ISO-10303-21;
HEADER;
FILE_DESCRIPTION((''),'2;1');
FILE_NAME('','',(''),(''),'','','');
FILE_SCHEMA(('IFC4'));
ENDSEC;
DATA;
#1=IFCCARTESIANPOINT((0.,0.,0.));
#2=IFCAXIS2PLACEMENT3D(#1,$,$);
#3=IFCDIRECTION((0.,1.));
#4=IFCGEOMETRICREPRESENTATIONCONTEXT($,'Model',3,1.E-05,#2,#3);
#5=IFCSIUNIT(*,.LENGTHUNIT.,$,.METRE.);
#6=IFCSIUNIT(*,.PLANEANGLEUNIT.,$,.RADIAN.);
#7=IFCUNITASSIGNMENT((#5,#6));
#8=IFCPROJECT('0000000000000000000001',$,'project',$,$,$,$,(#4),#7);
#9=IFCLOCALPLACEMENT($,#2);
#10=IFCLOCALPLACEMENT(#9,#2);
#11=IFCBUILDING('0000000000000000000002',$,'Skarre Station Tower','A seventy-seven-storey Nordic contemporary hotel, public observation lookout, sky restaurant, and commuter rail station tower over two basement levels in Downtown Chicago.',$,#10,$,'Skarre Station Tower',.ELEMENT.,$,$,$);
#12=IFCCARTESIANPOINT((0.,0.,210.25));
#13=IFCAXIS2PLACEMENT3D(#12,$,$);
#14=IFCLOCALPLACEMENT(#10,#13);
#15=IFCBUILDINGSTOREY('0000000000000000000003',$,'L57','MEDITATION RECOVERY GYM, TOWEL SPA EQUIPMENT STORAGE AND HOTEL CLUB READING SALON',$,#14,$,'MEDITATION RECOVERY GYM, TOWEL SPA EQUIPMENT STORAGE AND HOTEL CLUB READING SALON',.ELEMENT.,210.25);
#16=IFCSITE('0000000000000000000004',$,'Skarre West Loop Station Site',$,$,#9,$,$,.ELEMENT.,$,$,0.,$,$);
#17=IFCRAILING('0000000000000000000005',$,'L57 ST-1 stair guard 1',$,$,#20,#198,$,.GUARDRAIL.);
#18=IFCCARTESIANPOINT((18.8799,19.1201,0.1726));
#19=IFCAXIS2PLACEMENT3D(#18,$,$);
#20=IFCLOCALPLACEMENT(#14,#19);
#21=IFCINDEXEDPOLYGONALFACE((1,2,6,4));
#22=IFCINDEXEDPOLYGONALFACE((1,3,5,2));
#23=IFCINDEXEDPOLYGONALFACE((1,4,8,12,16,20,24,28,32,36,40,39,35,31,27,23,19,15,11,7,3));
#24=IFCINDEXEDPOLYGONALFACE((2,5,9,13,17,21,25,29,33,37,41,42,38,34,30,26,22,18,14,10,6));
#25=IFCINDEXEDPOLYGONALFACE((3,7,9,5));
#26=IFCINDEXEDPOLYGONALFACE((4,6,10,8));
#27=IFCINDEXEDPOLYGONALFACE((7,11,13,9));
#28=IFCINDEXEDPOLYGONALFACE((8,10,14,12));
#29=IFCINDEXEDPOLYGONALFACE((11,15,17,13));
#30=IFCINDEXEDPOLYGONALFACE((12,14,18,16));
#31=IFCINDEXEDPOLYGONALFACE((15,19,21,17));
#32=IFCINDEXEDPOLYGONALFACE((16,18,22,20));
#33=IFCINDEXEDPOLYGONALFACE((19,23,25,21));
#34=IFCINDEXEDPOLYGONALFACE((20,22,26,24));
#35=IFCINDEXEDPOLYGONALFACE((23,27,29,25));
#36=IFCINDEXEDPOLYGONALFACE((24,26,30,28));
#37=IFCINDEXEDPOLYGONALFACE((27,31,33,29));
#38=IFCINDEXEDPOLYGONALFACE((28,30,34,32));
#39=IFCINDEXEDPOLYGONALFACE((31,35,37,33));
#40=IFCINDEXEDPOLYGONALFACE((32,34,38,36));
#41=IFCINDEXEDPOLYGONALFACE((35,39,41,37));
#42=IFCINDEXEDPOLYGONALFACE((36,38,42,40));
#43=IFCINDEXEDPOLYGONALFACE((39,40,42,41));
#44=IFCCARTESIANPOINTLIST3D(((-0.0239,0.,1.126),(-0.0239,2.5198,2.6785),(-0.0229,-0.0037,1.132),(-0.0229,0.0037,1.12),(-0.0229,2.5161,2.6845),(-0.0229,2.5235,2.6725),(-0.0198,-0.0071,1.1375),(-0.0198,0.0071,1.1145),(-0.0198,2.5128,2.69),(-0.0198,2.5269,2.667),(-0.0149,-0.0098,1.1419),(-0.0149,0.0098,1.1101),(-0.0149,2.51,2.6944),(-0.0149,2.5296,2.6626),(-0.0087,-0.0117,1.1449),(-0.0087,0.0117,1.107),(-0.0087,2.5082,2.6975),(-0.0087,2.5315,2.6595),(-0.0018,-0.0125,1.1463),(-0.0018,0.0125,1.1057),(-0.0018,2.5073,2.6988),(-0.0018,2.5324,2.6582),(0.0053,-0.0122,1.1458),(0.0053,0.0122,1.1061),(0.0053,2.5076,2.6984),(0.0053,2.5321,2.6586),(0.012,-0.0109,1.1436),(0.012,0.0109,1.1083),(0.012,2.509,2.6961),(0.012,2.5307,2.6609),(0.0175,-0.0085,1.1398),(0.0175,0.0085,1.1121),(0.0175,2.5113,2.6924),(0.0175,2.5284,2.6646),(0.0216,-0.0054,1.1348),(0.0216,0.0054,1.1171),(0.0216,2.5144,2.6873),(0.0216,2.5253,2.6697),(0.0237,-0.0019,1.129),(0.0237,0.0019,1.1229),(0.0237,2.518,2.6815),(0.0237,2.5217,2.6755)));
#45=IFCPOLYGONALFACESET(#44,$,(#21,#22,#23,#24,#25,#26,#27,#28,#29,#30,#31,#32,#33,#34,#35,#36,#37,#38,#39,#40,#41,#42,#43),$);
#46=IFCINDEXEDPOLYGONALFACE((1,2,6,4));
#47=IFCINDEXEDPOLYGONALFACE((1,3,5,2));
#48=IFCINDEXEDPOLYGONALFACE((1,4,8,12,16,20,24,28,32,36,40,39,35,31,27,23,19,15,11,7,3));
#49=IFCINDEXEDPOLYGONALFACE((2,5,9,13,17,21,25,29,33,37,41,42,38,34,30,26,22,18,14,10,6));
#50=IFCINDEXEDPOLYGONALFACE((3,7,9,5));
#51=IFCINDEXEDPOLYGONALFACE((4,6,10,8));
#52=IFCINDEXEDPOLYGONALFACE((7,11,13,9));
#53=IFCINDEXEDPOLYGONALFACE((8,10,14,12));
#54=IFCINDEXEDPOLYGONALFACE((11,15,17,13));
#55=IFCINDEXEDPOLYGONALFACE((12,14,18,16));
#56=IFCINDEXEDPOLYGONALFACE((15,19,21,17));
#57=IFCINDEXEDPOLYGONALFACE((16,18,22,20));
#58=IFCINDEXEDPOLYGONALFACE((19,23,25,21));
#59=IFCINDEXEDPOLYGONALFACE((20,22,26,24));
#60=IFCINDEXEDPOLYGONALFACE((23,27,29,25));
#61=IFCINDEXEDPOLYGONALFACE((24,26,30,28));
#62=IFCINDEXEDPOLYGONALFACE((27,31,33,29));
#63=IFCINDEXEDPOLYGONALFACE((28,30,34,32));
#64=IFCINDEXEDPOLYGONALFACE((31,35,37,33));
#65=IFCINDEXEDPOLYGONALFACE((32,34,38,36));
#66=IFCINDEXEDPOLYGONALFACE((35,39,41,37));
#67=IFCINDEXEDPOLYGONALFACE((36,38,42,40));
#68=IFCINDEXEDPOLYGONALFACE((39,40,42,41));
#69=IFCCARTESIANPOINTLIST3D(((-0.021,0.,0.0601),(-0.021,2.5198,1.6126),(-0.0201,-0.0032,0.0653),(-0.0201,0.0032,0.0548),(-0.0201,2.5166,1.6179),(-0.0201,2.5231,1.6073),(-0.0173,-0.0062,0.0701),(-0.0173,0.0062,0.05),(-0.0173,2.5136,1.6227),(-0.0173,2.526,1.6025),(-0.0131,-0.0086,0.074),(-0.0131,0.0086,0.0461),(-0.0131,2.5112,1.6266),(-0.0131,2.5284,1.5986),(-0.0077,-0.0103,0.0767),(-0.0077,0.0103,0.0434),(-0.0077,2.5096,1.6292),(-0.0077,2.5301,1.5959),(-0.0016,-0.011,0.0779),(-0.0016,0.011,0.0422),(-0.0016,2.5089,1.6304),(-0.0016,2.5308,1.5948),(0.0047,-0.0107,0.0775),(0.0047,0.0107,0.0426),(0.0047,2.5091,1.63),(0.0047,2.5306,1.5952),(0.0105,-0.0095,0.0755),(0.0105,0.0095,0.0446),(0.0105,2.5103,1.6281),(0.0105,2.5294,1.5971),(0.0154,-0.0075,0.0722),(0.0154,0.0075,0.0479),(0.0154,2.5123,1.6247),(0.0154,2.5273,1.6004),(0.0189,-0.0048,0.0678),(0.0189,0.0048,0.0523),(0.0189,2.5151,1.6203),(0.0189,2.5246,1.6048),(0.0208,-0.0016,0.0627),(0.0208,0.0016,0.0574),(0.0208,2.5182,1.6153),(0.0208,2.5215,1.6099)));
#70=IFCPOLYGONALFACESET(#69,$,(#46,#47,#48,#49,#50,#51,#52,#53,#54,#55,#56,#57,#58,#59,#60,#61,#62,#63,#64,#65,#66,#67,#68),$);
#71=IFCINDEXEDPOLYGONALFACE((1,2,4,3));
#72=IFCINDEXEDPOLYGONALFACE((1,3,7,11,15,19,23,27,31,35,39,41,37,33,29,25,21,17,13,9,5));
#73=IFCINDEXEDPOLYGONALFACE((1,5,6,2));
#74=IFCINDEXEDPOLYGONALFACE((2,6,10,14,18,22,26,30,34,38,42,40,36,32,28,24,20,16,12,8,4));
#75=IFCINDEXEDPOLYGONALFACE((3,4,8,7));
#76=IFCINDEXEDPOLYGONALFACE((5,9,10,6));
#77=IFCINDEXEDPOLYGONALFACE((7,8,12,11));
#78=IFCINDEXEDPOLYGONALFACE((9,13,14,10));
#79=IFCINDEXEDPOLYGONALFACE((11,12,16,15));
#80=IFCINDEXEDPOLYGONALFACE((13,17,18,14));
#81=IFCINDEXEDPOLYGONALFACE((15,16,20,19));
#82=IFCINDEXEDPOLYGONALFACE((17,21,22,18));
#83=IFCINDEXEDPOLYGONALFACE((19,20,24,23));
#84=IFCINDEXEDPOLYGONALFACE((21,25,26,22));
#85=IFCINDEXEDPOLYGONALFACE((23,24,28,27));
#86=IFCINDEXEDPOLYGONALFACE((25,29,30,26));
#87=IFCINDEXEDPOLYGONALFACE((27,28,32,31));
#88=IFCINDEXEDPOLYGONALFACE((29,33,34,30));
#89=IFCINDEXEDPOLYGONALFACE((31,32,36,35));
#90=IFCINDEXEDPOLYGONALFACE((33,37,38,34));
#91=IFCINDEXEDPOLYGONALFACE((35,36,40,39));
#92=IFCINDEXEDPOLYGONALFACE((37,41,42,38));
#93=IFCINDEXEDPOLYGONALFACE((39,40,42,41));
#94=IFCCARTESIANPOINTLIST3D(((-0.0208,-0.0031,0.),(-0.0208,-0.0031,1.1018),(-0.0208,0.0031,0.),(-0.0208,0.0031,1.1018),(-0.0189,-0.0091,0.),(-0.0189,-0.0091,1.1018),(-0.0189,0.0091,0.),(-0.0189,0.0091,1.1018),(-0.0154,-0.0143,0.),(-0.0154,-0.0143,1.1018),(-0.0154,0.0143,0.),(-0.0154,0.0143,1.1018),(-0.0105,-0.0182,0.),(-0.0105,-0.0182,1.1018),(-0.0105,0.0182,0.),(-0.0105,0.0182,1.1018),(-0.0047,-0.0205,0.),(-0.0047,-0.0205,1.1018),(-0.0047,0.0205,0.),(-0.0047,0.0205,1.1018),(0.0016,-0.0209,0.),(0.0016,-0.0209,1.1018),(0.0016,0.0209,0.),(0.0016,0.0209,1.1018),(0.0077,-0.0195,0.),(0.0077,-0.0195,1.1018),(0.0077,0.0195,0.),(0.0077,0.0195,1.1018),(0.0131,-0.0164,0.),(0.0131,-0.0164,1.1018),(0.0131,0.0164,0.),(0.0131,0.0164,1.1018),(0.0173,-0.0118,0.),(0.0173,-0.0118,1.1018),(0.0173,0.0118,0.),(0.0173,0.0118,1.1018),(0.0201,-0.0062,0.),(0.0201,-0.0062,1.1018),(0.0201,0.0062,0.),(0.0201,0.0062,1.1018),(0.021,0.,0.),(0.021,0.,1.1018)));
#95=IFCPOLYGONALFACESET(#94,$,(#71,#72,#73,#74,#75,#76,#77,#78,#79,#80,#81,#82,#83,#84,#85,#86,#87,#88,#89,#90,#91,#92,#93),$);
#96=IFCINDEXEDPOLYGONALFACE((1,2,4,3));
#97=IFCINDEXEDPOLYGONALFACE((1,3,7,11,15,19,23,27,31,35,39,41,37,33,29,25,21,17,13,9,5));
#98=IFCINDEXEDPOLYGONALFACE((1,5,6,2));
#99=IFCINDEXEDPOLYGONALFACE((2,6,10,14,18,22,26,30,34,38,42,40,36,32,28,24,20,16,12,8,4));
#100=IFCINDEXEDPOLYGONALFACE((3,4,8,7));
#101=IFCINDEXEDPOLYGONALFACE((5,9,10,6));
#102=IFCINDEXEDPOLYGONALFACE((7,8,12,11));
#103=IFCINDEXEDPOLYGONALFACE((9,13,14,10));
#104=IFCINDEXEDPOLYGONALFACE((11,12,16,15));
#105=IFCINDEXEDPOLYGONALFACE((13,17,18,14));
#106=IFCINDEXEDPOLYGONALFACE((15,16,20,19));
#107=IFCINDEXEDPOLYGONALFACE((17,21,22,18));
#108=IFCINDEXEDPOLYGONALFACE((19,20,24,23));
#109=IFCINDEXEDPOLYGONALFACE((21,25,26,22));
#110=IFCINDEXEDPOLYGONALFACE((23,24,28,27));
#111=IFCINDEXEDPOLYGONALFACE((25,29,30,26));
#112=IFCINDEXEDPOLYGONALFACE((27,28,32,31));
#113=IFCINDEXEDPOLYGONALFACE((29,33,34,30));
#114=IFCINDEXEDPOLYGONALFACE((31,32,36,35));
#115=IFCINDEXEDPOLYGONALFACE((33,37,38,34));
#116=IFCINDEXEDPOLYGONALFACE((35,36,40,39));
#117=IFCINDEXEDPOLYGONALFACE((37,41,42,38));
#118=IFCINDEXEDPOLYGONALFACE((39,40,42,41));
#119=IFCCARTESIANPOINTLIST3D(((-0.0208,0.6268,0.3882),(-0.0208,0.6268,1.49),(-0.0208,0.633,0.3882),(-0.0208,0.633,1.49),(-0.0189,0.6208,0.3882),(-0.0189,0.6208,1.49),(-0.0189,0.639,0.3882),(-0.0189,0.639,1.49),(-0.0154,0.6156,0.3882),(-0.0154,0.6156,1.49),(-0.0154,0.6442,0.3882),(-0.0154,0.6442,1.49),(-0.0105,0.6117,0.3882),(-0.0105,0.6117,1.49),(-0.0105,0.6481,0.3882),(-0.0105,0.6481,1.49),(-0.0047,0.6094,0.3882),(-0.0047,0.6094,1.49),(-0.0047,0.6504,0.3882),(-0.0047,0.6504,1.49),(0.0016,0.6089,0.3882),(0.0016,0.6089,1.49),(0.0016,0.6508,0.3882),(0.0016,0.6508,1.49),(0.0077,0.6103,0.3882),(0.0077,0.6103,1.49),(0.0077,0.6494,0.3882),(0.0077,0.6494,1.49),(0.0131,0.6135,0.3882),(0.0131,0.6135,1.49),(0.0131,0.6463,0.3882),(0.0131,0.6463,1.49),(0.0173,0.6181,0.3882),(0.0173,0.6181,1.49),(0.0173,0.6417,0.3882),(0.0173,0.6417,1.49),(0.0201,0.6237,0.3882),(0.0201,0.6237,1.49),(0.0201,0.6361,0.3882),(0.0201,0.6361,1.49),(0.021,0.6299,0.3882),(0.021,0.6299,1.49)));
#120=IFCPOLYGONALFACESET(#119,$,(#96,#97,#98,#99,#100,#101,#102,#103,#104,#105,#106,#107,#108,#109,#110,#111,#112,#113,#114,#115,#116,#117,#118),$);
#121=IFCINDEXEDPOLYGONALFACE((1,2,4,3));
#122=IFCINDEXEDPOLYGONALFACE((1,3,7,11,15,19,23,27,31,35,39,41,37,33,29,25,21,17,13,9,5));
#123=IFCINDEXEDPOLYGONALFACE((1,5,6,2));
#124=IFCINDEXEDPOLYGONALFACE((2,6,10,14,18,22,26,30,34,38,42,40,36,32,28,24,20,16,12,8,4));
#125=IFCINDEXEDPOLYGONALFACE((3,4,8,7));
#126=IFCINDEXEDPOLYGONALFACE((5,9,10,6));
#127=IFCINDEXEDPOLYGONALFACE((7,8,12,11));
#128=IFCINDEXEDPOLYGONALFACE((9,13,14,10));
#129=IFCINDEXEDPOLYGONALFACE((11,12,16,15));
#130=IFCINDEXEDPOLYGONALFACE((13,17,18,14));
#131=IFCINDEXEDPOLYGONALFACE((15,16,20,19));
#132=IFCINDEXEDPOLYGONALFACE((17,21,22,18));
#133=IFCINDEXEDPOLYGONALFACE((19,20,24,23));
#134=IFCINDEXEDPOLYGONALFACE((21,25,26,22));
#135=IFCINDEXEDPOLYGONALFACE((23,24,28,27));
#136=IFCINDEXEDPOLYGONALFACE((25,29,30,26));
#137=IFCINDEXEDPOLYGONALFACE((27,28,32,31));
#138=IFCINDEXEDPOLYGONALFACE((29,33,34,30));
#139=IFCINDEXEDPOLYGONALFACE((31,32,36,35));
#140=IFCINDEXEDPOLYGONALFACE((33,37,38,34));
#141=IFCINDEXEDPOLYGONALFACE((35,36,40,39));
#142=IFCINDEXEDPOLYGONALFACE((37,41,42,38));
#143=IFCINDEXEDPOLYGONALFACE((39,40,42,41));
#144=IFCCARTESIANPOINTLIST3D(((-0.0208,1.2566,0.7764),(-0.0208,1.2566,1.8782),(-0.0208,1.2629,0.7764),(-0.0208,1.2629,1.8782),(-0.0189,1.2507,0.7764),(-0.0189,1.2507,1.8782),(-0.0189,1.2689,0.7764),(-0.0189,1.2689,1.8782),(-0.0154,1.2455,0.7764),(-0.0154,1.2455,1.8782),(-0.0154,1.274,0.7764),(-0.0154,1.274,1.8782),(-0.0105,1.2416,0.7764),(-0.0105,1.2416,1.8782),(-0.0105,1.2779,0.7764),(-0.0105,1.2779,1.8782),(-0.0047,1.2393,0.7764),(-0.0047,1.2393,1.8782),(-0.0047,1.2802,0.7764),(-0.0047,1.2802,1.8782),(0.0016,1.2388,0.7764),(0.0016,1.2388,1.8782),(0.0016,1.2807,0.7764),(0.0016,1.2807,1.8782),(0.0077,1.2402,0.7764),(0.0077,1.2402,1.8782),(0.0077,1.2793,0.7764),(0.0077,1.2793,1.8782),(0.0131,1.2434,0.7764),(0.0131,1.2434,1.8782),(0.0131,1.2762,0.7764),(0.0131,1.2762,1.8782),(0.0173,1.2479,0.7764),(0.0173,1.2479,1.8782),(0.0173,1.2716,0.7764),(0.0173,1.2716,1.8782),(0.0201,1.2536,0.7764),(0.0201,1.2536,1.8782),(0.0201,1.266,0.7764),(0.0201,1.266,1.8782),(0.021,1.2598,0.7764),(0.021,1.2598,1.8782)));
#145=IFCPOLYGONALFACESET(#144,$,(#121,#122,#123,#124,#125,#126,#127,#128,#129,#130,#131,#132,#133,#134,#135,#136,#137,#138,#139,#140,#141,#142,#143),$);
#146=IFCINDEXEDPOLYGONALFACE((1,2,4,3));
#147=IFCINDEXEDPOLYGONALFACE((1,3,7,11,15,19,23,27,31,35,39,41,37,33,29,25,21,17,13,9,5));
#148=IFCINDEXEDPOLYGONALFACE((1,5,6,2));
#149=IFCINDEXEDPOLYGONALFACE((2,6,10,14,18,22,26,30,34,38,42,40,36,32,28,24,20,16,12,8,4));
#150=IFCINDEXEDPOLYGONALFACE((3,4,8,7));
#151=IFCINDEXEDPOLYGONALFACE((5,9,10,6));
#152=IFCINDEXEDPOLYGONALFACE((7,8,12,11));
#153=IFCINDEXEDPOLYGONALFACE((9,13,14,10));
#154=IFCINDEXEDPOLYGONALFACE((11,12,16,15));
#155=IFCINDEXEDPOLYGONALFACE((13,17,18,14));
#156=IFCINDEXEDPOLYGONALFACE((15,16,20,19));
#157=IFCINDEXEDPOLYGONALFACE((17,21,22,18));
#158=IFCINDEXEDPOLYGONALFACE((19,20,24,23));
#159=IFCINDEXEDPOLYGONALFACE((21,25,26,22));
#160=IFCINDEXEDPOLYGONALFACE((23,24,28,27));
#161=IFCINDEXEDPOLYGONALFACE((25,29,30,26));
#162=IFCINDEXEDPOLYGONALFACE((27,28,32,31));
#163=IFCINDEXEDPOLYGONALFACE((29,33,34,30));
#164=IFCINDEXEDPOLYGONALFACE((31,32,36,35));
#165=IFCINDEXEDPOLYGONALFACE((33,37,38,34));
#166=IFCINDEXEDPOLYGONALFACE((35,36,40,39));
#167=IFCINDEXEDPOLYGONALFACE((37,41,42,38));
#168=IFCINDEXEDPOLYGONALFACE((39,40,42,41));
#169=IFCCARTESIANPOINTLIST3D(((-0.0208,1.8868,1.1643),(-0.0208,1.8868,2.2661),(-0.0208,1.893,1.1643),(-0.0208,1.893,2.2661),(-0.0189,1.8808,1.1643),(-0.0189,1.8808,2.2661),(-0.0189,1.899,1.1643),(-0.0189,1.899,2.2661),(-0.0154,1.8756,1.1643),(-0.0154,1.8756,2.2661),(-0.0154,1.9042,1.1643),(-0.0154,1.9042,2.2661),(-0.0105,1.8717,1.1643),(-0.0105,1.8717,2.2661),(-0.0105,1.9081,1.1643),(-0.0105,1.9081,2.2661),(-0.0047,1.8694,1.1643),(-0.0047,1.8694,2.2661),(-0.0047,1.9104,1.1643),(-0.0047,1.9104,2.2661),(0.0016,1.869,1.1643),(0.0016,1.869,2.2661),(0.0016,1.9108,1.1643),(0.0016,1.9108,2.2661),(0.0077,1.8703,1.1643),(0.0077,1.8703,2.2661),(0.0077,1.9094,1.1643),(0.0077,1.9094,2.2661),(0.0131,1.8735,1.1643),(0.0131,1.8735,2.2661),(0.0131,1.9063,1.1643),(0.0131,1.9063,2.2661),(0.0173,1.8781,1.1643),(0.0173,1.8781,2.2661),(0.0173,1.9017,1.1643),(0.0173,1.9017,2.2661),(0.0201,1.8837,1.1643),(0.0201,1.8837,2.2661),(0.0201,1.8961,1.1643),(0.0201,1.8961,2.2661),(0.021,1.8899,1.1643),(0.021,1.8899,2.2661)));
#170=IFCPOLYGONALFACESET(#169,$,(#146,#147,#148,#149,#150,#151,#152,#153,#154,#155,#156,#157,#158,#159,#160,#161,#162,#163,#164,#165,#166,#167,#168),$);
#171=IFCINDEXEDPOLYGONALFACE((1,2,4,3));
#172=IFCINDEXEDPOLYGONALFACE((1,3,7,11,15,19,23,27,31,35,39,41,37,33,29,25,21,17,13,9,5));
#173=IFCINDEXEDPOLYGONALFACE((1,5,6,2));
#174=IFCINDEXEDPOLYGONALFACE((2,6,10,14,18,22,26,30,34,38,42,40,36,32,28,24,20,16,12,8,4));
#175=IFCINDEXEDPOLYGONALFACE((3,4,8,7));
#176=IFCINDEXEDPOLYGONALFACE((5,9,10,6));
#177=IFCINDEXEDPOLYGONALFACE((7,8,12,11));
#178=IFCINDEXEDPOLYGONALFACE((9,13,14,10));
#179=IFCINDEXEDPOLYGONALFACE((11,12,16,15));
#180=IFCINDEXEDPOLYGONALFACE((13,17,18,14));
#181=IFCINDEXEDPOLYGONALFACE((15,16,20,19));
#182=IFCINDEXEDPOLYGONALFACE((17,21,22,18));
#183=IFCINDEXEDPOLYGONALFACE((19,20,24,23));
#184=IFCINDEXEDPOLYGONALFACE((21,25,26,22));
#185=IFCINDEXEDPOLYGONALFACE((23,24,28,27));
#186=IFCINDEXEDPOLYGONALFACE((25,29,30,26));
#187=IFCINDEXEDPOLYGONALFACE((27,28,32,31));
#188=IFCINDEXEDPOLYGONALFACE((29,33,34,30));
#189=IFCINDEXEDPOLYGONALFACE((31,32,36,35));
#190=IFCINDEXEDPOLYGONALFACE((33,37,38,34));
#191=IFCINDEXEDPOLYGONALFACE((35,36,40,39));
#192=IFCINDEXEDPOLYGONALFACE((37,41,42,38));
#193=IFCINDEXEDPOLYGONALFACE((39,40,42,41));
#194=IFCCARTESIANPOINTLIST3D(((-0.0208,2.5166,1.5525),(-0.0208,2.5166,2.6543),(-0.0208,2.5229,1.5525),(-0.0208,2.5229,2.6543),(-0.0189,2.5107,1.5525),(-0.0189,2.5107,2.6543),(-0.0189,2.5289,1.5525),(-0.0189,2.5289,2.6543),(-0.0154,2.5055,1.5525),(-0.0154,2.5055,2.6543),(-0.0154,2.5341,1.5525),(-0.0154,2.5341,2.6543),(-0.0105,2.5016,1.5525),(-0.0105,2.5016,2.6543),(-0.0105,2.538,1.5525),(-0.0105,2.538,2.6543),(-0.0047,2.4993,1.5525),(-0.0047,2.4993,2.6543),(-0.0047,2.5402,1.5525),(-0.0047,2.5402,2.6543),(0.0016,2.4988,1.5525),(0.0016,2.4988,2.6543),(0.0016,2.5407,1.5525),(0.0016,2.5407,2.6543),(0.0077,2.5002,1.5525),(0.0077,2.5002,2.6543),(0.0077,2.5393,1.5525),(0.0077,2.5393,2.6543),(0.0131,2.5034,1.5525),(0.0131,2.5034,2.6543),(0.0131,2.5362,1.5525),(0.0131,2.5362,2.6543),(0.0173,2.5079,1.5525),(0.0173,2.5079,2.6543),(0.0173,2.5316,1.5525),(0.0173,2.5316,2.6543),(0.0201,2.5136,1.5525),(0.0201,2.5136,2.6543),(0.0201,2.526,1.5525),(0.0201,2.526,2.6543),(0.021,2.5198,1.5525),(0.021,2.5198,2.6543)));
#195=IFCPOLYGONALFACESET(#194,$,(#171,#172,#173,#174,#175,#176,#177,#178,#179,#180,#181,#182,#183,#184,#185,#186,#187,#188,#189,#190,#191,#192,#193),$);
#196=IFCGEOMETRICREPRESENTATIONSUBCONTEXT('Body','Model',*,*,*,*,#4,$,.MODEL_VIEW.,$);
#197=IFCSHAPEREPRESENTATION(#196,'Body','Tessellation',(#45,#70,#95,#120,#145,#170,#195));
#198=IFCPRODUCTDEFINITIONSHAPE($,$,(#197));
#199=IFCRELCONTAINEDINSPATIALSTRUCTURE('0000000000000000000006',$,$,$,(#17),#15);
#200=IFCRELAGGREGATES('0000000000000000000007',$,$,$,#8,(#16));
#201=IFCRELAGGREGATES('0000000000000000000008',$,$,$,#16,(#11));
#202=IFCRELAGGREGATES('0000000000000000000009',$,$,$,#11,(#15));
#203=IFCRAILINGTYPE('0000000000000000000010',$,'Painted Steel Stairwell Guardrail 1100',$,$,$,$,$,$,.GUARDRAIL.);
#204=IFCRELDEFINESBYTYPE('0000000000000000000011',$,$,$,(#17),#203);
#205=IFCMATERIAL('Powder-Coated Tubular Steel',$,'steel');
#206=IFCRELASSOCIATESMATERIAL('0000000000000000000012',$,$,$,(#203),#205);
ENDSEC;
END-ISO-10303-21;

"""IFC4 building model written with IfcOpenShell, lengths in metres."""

from ifc_helpers import new_model, si_unit, direction, frame, origin, origin_2d, place, context, subcontext, project, spatial, circle, extrude, material, type_object, element, save


model = new_model("IFC4")

# Units and contexts
model_context = context("Model", 3, precision=1e-05, world=origin(), true_north=direction((0.0, 1.0)))
body_context = subcontext(model_context, "Body", "Model", "MODEL_VIEW")
ifc_project = project(units=[si_unit("LENGTHUNIT", "METRE"), si_unit("PLANEANGLEUNIT", "RADIAN")], contexts=[model_context])

# Site, building, storey
site_placement = place(None, origin())
site = spatial("IfcSite", under=ifc_project, at=site_placement, Name="Skarre West Loop Station Site", CompositionType="ELEMENT", RefElevation=0.0)
building_placement = place(site_placement, origin())
building = spatial("IfcBuilding", under=site, at=building_placement, Name="Skarre Station Tower", Description="A seventy-seven-storey Nordic contemporary hotel, public observation lookout, sky restaurant, and commuter rail station tower over two basement levels in Downtown Chicago.", LongName="Skarre Station Tower", CompositionType="ELEMENT")
storey_placement = place(building_placement, frame((0.0, 0.0, 210.25)))
storey = spatial("IfcBuildingStorey", under=building, at=storey_placement, Name="L57", Description="MEDITATION RECOVERY GYM, TOWEL SPA EQUIPMENT STORAGE AND HOTEL CLUB READING SALON", LongName="MEDITATION RECOVERY GYM, TOWEL SPA EQUIPMENT STORAGE AND HOTEL CLUB READING SALON", CompositionType="ELEMENT", Elevation=210.25)

# Railing
ifc_material_1 = material(Name="Powder-Coated Tubular Steel", Category="steel")
railing_type_1 = type_object("IfcRailingType", Name="Painted Steel Stairwell Guardrail 1100", PredefinedType="GUARDRAIL", material=ifc_material_1)
railing_1_placement = place(storey_placement, frame((18.8799, 19.1201, 0.1726)))
element("IfcRailing", 1, at=railing_1_placement, inside=storey, type_object=railing_type_1, Name="L57 ST-1 stair guard 1", PredefinedType="GUARDRAIL", context=body_context, shape_type="SweptSolid", body=[
    extrude(circle(Radius=0.0239, at=origin_2d()), frame((0.0, 0.0, 1.126), z_axis=(0.0, 0.851378, 0.524553), x_axis=(-1.0, 0.0, 0.0)), (0.0, 0.0, 1.0), 2.9597),
    extrude(circle(Radius=0.021, at=origin_2d()), frame((0.0, 0.0, 0.0601), z_axis=(0.0, 0.851378, 0.524553), x_axis=(-1.0, 0.0, 0.0)), (0.0, 0.0, 1.0), 2.9597),
    extrude(circle(Radius=0.021, at=origin_2d()), origin(), (0.0, 0.0, 1.0), 1.1018),
    extrude(circle(Radius=0.021, at=origin_2d()), frame((0.0, 0.6299, 0.3882)), (0.0, 0.0, 1.0), 1.1018),
    extrude(circle(Radius=0.021, at=origin_2d()), frame((0.0, 1.2598, 0.7764)), (0.0, 0.0, 1.0), 1.1018),
    extrude(circle(Radius=0.021, at=origin_2d()), frame((0.0, 1.8899, 1.1643)), (0.0, 0.0, 1.0), 1.1018),
    extrude(circle(Radius=0.021, at=origin_2d()), frame((0.0, 2.5198, 1.5525)), (0.0, 0.0, 1.0), 1.1018),
])

save(model, "model.ifc")
